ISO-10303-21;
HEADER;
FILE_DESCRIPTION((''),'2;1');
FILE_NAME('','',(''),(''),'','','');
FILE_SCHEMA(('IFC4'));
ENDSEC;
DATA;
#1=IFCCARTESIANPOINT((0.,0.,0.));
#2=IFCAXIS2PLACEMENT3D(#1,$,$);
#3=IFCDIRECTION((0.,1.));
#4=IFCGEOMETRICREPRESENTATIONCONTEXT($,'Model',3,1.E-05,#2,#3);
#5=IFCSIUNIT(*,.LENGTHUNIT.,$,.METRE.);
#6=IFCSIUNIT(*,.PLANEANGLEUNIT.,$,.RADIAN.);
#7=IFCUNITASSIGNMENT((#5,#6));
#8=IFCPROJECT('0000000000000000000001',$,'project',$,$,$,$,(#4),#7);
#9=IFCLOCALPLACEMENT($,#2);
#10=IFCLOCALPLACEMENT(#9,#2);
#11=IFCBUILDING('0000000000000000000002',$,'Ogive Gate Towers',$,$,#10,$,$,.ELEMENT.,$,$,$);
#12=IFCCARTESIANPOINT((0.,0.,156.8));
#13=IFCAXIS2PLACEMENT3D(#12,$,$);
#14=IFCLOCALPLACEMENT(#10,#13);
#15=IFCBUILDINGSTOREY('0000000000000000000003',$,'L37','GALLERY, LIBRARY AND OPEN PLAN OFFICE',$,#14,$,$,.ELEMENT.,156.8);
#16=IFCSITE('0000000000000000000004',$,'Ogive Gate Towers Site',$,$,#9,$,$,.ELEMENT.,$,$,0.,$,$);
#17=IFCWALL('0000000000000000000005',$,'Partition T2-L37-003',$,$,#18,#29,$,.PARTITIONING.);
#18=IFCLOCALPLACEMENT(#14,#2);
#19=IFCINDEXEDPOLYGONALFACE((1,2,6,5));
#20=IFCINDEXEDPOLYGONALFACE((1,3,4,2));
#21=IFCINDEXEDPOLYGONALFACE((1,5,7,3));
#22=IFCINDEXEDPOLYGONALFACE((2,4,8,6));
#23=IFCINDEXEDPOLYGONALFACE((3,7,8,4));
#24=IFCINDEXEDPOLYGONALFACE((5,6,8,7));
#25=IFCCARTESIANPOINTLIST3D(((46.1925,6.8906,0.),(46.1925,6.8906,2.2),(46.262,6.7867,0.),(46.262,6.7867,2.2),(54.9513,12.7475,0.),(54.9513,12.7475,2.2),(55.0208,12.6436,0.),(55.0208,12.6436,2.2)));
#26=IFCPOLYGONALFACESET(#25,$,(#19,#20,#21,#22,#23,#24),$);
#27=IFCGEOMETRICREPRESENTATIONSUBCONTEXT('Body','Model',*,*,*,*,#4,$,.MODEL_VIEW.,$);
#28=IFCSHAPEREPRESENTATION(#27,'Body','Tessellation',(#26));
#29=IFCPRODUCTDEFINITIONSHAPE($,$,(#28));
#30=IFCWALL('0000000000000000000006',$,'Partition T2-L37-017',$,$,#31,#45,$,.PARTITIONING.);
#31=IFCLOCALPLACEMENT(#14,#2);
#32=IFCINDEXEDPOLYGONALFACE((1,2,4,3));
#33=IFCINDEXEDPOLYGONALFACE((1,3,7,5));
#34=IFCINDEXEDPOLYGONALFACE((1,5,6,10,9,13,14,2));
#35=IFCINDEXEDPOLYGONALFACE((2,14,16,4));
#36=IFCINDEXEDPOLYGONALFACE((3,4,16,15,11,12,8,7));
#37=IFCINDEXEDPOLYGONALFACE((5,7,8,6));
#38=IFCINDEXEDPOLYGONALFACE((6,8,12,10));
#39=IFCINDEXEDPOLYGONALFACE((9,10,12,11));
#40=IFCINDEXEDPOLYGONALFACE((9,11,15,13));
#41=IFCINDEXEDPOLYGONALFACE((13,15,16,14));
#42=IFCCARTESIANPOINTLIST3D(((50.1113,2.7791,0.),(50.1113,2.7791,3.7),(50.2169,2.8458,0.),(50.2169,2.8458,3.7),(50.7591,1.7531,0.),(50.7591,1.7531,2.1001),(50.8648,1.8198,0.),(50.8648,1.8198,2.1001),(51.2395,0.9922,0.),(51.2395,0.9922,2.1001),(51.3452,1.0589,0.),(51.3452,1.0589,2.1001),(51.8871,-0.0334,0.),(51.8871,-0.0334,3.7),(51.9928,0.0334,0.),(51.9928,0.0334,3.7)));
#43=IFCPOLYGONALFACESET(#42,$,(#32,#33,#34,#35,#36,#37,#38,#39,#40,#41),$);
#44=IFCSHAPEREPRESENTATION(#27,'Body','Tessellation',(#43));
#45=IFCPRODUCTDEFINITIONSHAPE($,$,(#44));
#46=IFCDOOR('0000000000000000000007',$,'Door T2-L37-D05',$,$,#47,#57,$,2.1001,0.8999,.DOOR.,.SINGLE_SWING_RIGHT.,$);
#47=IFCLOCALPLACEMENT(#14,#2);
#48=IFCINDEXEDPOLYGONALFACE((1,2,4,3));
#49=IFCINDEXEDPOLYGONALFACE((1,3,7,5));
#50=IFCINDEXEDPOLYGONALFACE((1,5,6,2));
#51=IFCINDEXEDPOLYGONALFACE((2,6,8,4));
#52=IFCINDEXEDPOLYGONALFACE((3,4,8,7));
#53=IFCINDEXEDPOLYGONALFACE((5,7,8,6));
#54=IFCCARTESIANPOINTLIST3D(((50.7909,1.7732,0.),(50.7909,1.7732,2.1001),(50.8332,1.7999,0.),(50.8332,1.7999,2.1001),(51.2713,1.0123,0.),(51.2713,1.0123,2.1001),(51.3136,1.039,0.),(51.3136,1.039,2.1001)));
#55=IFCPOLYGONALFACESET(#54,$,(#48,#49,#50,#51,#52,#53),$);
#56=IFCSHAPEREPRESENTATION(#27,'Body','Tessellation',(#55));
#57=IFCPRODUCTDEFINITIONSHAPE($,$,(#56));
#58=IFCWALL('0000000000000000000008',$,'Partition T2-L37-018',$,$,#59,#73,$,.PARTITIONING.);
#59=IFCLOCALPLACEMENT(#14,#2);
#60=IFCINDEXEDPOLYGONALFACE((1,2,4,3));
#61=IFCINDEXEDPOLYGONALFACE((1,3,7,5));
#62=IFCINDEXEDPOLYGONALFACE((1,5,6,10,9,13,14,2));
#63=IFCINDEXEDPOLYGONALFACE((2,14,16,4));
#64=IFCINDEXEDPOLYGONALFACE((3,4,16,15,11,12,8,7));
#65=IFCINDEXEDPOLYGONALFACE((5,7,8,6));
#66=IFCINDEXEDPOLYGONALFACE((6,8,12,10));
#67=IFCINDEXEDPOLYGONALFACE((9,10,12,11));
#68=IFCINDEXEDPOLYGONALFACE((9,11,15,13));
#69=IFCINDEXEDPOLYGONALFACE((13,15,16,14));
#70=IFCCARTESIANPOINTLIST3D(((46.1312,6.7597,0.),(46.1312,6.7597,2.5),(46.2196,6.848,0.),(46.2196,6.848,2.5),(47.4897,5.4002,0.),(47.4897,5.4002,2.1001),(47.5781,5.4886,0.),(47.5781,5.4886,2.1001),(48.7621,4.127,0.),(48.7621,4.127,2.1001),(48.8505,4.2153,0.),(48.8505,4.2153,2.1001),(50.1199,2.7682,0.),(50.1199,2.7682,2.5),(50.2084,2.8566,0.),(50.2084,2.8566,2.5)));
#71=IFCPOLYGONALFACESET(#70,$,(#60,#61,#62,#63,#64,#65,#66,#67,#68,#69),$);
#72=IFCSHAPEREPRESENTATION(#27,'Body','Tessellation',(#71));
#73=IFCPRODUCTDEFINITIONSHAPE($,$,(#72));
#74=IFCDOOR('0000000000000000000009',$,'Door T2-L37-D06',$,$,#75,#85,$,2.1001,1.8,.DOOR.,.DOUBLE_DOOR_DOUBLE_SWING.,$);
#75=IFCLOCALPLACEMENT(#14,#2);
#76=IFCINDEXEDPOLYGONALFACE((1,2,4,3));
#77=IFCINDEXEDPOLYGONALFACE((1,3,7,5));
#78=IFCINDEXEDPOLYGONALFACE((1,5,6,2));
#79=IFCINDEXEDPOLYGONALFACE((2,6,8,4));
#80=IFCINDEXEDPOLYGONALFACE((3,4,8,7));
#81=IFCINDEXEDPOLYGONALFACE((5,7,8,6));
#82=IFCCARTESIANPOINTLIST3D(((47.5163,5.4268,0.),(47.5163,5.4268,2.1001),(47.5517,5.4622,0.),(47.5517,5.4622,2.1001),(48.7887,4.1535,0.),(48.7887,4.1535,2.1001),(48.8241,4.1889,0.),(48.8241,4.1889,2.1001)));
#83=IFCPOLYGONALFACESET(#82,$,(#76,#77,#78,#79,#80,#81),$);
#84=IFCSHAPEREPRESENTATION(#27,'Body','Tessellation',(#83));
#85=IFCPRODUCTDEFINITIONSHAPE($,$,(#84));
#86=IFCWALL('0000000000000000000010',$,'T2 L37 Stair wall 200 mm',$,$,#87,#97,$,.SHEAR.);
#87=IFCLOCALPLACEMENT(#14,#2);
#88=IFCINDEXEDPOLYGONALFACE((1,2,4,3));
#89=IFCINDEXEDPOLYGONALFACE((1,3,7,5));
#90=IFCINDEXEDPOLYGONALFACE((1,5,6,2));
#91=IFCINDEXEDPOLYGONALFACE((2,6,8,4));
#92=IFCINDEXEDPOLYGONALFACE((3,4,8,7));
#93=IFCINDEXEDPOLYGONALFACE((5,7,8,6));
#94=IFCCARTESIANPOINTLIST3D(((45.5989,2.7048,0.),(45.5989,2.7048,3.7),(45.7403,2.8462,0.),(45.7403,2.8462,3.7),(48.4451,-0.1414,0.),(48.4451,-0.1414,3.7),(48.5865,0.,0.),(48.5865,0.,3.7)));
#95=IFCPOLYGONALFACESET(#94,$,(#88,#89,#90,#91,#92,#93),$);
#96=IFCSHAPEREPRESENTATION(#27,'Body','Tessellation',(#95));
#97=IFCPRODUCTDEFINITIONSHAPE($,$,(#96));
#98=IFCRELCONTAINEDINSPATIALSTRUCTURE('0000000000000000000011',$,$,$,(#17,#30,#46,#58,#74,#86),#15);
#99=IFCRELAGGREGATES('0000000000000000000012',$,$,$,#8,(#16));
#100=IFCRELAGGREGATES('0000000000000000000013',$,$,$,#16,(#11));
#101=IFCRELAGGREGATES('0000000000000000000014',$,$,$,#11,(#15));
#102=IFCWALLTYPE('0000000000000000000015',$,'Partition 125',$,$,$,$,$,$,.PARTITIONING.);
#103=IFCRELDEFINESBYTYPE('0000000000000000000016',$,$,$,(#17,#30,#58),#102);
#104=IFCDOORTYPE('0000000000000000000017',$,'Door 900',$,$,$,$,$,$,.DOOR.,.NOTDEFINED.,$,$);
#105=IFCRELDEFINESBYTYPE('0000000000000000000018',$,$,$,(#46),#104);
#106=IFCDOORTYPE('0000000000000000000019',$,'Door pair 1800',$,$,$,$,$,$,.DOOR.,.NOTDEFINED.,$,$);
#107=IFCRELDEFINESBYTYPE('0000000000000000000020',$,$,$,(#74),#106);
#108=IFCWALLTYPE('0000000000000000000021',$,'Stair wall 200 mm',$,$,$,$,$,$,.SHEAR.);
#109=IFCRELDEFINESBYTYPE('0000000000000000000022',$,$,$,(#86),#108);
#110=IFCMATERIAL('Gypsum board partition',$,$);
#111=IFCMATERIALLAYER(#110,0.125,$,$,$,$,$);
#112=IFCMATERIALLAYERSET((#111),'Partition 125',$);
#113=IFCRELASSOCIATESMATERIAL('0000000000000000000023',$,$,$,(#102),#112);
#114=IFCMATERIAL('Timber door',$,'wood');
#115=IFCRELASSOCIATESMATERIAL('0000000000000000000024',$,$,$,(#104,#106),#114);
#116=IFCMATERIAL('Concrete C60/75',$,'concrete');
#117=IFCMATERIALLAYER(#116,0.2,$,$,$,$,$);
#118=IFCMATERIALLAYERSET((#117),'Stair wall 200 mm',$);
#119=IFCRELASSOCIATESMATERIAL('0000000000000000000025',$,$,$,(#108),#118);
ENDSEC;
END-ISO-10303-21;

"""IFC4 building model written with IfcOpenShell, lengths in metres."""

from ifc_helpers import new_model, si_unit, direction, frame, frame_2d, origin, place, context, subcontext, project, spatial, rectangle, extrude, material, layer, layer_set, type_object, element, fill, save


model = new_model("IFC4")

# Units and contexts
model_context = context("Model", 3, precision=1e-05, world=origin(), true_north=direction((0.0, 1.0)))
body_context = subcontext(model_context, "Body", "Model", "MODEL_VIEW")
ifc_project = project(units=[si_unit("LENGTHUNIT", "METRE"), si_unit("PLANEANGLEUNIT", "RADIAN")], contexts=[model_context])

# Site, building, storey
site_placement = place(None, origin())
site = spatial("IfcSite", under=ifc_project, at=site_placement, Name="Ogive Gate Towers Site", CompositionType="ELEMENT", RefElevation=0.0)
building_placement = place(site_placement, origin())
building = spatial("IfcBuilding", under=site, at=building_placement, Name="Ogive Gate Towers", CompositionType="ELEMENT")
storey_placement = place(building_placement, frame((0.0, 0.0, 156.8)))
storey = spatial("IfcBuildingStorey", under=building, at=storey_placement, Name="L37", Description="GALLERY, LIBRARY AND OPEN PLAN OFFICE", CompositionType="ELEMENT", Elevation=156.8)

# Wall
ifc_material_1 = material(Name="Gypsum board partition")
ifc_layer_1 = layer(ifc_material_1, 0.125)
ifc_layer_set_1 = layer_set([ifc_layer_1], Name="Partition 125")
wall_type_1 = type_object("IfcWallType", Name="Partition 125", PredefinedType="PARTITIONING", material=ifc_layer_set_1)
wall_1_placement = place(storey_placement, frame((54.9861, 12.6956, 0.0), z_axis=(0.0, 0.0, 1.0), x_axis=(-0.831272, -0.555865, 0.0)))
element("IfcWall", 1, at=wall_1_placement, inside=storey, type_object=wall_type_1, Name="Partition T2-L37-003", PredefinedType="PARTITIONING", context=body_context, shape_type="SweptSolid", body=[
    extrude(rectangle(XDim=10.5366, YDim=0.125, at=frame_2d((5.2683, 0.0))), origin(), (0.0, 0.0, 1.0), 2.2),
])

# Walls, openings, doors
wall_2_placement = place(storey_placement, frame((51.9399, 0.0, 0.0), z_axis=(0.0, 0.0, 1.0), x_axis=(-0.533899, 0.845548, 0.0)))
wall_2 = element("IfcWall", 2, at=wall_2_placement, inside=storey, type_object=wall_type_1, Name="Partition T2-L37-017", PredefinedType="PARTITIONING", context=body_context, shape_type="SweptSolid", body=[
    extrude(rectangle(XDim=3.3262, YDim=0.125, at=frame_2d((1.6631, 0.0))), origin(), (0.0, 0.0, 1.0), 3.7),
])
opening_1_placement = place(wall_2_placement, frame((1.2129, 0.0, 0.0)))
opening_1 = element("IfcOpeningElement", 3, at=opening_1_placement, cuts=wall_2, PredefinedType="OPENING", context=body_context, shape_type="SweptSolid", body=[
    extrude(rectangle(XDim=0.8999, YDim=2.1001, at=frame_2d((0.45, 1.05))), frame((0.0, 0.0725, 0.0), z_axis=(0.0, -1.0, 0.0), x_axis=(1.0, 0.0, 0.0)), (0.0, 0.0, 1.0), 0.145),
])
ifc_material_2 = material(Name="Timber door", Category="wood")
door_type_1 = type_object("IfcDoorType", Name="Door 900", OperationType="NOTDEFINED", PredefinedType="DOOR", material=ifc_material_2)
door_1_placement = place(opening_1_placement, origin())
door_1 = element("IfcDoor", 4, at=door_1_placement, inside=storey, type_object=door_type_1, Name="Door T2-L37-D05", OperationType="SINGLE_SWING_RIGHT", OverallHeight=2.1001, OverallWidth=0.8999, PredefinedType="DOOR", context=body_context, shape_type="SweptSolid", body=[
    extrude(rectangle(XDim=0.8999, YDim=2.1001, at=frame_2d((0.45, 1.05))), frame((0.0, 0.0249, 0.0), z_axis=(0.0, -1.0, 0.0), x_axis=(1.0, 0.0, 0.0)), (0.0, 0.0, 1.0), 0.05),
])
fill(opening_1, door_1)
wall_3_placement = place(storey_placement, frame((50.1641, 2.8125, 0.0), z_axis=(0.0, 0.0, 1.0), x_axis=(-0.706869, 0.707345, 0.0)))
wall_3 = element("IfcWall", 5, at=wall_3_placement, inside=storey, type_object=wall_type_1, Name="Partition T2-L37-018", PredefinedType="PARTITIONING", context=body_context, shape_type="SweptSolid", body=[
    extrude(rectangle(XDim=5.6428, YDim=0.125, at=frame_2d((2.8213, 0.0))), origin(), (0.0, 0.0, 1.0), 2.5),
])
opening_2_placement = place(wall_3_placement, frame((1.9209, 0.0, 0.0)))
opening_2 = element("IfcOpeningElement", 6, at=opening_2_placement, cuts=wall_3, PredefinedType="OPENING", context=body_context, shape_type="SweptSolid", body=[
    extrude(rectangle(XDim=1.8, YDim=2.1001, at=frame_2d((0.8999, 1.05))), frame((0.0, 0.0725, 0.0), z_axis=(0.0, -1.0, 0.0), x_axis=(1.0, 0.0, 0.0)), (0.0, 0.0, 1.0), 0.145),
])
door_type_2 = type_object("IfcDoorType", Name="Door pair 1800", OperationType="NOTDEFINED", PredefinedType="DOOR", material=ifc_material_2)
door_2_placement = place(opening_2_placement, origin())
door_2 = element("IfcDoor", 7, at=door_2_placement, inside=storey, type_object=door_type_2, Name="Door T2-L37-D06", OperationType="DOUBLE_DOOR_DOUBLE_SWING", OverallHeight=2.1001, OverallWidth=1.8, PredefinedType="DOOR", context=body_context, shape_type="SweptSolid", body=[
    extrude(rectangle(XDim=1.8, YDim=2.1001, at=frame_2d((0.8999, 1.05))), frame((0.0, 0.0249, 0.0), z_axis=(0.0, -1.0, 0.0), x_axis=(1.0, 0.0, 0.0)), (0.0, 0.0, 1.0), 0.05),
])
fill(opening_2, door_2)

# Wall
ifc_material_3 = material(Name="Concrete C60/75", Category="concrete")
ifc_layer_2 = layer(ifc_material_3, 0.2)
ifc_layer_set_2 = layer_set([ifc_layer_2], Name="Stair wall 200 mm")
wall_type_2 = type_object("IfcWallType", Name="Stair wall 200 mm", PredefinedType="SHEAR", material=ifc_layer_set_2)
wall_4_placement = place(storey_placement, frame((48.5159, -0.0708, 0.0), z_axis=(0.0, 0.0, 1.0), x_axis=(-0.707107, 0.707107, 0.0)))
element("IfcWall", 8, at=wall_4_placement, inside=storey, type_object=wall_type_2, Name="T2 L37 Stair wall 200 mm", PredefinedType="SHEAR", context=body_context, shape_type="SweptSolid", body=[
    extrude(rectangle(XDim=4.0251, YDim=0.2, at=frame_2d((2.0127, 0.0))), origin(), (0.0, 0.0, 1.0), 3.7),
])

save(model, "model.ifc")
